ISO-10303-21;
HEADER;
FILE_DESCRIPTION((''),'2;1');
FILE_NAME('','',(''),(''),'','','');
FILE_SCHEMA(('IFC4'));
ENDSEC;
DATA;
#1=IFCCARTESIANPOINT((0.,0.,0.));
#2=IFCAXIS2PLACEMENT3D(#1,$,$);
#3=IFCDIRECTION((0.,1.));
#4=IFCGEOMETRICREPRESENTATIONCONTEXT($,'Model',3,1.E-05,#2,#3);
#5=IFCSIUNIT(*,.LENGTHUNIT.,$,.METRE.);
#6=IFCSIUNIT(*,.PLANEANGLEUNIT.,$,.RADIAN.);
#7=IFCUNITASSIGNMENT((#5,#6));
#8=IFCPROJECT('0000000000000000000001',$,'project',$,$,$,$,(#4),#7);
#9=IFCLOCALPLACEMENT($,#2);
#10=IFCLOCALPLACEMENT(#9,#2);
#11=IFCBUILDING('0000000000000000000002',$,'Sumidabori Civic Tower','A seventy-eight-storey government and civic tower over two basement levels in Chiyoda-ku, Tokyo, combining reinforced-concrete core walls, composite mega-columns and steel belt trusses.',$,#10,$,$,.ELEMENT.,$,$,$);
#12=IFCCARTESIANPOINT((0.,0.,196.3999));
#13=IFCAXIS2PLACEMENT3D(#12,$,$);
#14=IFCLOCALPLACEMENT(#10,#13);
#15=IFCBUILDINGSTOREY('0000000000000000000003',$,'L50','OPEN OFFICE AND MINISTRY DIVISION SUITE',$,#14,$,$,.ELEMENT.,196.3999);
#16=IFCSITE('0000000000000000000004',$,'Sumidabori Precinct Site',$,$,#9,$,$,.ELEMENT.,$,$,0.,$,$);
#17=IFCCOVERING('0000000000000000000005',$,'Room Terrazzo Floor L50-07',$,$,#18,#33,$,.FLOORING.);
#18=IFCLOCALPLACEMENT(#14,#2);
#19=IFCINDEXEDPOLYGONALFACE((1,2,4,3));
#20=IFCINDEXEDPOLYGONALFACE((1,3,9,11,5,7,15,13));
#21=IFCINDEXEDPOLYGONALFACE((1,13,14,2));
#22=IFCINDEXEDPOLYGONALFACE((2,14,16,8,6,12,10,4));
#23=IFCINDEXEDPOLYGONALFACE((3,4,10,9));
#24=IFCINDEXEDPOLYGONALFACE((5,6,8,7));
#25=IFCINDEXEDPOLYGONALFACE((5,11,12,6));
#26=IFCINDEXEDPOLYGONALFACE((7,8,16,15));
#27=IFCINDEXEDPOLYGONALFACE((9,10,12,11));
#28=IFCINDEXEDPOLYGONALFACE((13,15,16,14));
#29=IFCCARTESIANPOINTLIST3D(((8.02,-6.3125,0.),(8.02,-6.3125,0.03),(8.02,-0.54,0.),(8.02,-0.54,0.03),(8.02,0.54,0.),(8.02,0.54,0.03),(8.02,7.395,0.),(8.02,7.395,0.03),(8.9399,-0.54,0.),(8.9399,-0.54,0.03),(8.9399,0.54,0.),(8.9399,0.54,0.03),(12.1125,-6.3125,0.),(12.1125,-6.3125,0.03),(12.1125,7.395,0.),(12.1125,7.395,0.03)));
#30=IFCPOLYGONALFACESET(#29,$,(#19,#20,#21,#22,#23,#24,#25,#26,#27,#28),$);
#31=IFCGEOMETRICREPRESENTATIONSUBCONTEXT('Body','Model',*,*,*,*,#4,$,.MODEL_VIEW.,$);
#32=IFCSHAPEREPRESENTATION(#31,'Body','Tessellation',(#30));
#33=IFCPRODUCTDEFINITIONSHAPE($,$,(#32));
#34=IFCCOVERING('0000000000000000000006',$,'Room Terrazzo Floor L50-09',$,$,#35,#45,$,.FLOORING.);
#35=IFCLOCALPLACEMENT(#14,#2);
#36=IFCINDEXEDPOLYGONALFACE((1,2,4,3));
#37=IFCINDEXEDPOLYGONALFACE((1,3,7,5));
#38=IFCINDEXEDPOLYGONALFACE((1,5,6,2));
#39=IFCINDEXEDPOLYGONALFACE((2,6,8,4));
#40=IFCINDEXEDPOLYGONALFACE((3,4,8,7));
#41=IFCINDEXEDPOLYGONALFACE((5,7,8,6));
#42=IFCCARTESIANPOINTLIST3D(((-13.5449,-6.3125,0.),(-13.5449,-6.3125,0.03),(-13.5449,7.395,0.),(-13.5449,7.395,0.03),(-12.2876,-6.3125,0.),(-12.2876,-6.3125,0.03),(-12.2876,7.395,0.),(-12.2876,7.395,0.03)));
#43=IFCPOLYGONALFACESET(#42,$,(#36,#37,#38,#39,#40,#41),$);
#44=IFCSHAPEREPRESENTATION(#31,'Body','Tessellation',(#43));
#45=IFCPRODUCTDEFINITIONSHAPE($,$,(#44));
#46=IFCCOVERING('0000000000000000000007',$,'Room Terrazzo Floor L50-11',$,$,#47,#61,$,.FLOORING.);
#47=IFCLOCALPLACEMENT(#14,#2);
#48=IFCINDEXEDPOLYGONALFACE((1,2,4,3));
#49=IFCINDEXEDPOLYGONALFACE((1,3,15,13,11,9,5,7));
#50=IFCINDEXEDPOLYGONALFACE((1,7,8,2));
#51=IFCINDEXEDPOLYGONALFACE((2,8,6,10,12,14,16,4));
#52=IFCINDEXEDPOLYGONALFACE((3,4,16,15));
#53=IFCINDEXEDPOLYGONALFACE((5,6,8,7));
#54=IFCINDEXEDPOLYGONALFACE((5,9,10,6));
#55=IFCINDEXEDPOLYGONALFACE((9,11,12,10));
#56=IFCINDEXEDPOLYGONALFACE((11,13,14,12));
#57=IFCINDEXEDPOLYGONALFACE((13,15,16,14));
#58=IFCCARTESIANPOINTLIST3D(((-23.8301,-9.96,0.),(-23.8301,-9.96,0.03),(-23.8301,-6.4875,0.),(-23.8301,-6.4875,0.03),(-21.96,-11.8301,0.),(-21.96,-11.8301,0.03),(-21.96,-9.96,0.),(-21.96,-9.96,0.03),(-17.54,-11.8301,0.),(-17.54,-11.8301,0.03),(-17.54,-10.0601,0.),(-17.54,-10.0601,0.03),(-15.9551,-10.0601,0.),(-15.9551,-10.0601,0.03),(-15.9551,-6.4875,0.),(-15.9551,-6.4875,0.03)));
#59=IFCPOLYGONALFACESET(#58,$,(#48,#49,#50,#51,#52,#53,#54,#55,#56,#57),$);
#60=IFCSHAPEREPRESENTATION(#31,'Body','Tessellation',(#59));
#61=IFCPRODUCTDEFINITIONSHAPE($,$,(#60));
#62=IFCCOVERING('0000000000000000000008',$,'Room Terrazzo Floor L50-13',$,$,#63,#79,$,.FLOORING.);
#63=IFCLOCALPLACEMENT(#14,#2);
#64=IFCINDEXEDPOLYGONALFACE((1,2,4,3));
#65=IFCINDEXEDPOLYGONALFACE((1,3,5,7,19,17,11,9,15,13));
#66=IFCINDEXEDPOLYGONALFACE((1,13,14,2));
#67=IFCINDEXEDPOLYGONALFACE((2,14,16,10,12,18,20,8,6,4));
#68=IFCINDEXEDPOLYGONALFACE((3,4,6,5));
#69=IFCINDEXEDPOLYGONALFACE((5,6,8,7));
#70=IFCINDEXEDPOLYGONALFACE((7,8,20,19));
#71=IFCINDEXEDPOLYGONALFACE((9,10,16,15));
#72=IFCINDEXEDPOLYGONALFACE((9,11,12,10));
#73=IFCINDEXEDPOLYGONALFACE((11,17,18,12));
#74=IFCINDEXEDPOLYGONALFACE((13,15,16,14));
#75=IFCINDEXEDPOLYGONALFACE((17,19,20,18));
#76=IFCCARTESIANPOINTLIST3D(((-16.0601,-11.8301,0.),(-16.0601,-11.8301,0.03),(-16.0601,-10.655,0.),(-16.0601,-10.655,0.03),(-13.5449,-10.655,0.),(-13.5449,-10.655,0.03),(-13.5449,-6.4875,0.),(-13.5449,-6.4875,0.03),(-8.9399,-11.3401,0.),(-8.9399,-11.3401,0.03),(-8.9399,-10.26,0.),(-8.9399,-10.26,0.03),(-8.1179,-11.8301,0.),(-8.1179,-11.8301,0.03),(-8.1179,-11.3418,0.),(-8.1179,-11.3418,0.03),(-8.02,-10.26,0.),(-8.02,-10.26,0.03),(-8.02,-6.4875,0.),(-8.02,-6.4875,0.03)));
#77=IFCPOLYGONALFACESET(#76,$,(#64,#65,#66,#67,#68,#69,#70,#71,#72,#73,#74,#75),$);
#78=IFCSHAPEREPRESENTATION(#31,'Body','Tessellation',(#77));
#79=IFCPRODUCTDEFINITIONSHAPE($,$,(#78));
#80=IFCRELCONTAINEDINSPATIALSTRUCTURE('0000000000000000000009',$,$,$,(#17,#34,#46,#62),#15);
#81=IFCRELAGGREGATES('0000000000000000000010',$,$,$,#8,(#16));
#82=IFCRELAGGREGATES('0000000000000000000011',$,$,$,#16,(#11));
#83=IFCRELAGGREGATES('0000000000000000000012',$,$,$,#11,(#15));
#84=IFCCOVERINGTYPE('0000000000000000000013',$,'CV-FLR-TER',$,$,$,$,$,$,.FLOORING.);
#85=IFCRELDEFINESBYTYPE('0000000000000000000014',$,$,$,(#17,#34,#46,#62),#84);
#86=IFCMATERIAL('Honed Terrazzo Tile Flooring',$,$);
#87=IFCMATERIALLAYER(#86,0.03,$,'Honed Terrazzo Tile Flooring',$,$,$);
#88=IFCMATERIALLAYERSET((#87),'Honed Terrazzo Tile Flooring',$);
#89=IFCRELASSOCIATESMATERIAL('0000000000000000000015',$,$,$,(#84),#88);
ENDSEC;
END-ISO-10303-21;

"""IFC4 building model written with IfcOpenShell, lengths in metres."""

from ifc_helpers import new_model, si_unit, direction, frame, origin, place, context, subcontext, project, spatial, polyline, outline, extrude, material, layer, layer_set, type_object, element, save


model = new_model("IFC4")

# Units and contexts
model_context = context("Model", 3, precision=1e-05, world=origin(), true_north=direction((0.0, 1.0)))
body_context = subcontext(model_context, "Body", "Model", "MODEL_VIEW")
ifc_project = project(units=[si_unit("LENGTHUNIT", "METRE"), si_unit("PLANEANGLEUNIT", "RADIAN")], contexts=[model_context])

# Site, building, storey
site_placement = place(None, origin())
site = spatial("IfcSite", under=ifc_project, at=site_placement, Name="Sumidabori Precinct Site", CompositionType="ELEMENT", RefElevation=0.0)
building_placement = place(site_placement, origin())
building = spatial("IfcBuilding", under=site, at=building_placement, Name="Sumidabori Civic Tower", Description="A seventy-eight-storey government and civic tower over two basement levels in Chiyoda-ku, Tokyo, combining reinforced-concrete core walls, composite mega-columns and steel belt trusses.", CompositionType="ELEMENT")
storey_placement = place(building_placement, frame((0.0, 0.0, 196.3999)))
storey = spatial("IfcBuildingStorey", under=building, at=storey_placement, Name="L50", Description="OPEN OFFICE AND MINISTRY DIVISION SUITE", CompositionType="ELEMENT", Elevation=196.3999)

# Coverings
ifc_material_1 = material(Name="Honed Terrazzo Tile Flooring")
ifc_layer_1 = layer(ifc_material_1, 0.03, Name="Honed Terrazzo Tile Flooring")
ifc_layer_set_1 = layer_set([ifc_layer_1], Name="Honed Terrazzo Tile Flooring")
covering_type_1 = type_object("IfcCoveringType", Name="CV-FLR-TER", PredefinedType="FLOORING", material=ifc_layer_set_1)
covering_1_placement = place(storey_placement, origin())
element("IfcCovering", 1, at=covering_1_placement, inside=storey, type_object=covering_type_1, Name="Room Terrazzo Floor L50-07", PredefinedType="FLOORING", context=body_context, shape_type="SweptSolid", body=[
    extrude(outline(polyline([(8.02, -6.3125), (8.02, -0.54), (8.9399, -0.54), (8.9399, 0.54), (8.02, 0.54), (8.02, 7.395), (12.1125, 7.395), (12.1125, -6.3125), (8.02, -6.3125)])), origin(), (0.0, 0.0, 1.0), 0.03),
])
covering_2_placement = place(storey_placement, origin())
element("IfcCovering", 2, at=covering_2_placement, inside=storey, type_object=covering_type_1, Name="Room Terrazzo Floor L50-09", PredefinedType="FLOORING", context=body_context, shape_type="SweptSolid", body=[
    extrude(outline(polyline([(-13.5449, 7.395), (-12.2876, 7.395), (-12.2876, -6.3125), (-13.5449, -6.3125), (-13.5449, 7.395)])), origin(), (0.0, 0.0, 1.0), 0.03),
])
covering_3_placement = place(storey_placement, origin())
element("IfcCovering", 3, at=covering_3_placement, inside=storey, type_object=covering_type_1, Name="Room Terrazzo Floor L50-11", PredefinedType="FLOORING", context=body_context, shape_type="SweptSolid", body=[
    extrude(outline(polyline([(-23.8301, -6.4875), (-15.9551, -6.4875), (-15.9551, -10.0601), (-17.54, -10.0601), (-17.54, -11.8301), (-21.96, -11.8301), (-21.96, -9.96), (-23.8301, -9.96), (-23.8301, -6.4875)])), origin(), (0.0, 0.0, 1.0), 0.03),
])
covering_4_placement = place(storey_placement, origin())
element("IfcCovering", 4, at=covering_4_placement, inside=storey, type_object=covering_type_1, Name="Room Terrazzo Floor L50-13", PredefinedType="FLOORING", context=body_context, shape_type="SweptSolid", body=[
    extrude(outline(polyline([(-16.0601, -10.655), (-13.5449, -10.655), (-13.5449, -6.4875), (-8.02, -6.4875), (-8.02, -10.26), (-8.9399, -10.26), (-8.9399, -11.3401), (-8.1179, -11.3418), (-8.1179, -11.8301), (-16.0601, -11.8301), (-16.0601, -10.655)])), origin(), (0.0, 0.0, 1.0), 0.03),
])

save(model, "model.ifc")
